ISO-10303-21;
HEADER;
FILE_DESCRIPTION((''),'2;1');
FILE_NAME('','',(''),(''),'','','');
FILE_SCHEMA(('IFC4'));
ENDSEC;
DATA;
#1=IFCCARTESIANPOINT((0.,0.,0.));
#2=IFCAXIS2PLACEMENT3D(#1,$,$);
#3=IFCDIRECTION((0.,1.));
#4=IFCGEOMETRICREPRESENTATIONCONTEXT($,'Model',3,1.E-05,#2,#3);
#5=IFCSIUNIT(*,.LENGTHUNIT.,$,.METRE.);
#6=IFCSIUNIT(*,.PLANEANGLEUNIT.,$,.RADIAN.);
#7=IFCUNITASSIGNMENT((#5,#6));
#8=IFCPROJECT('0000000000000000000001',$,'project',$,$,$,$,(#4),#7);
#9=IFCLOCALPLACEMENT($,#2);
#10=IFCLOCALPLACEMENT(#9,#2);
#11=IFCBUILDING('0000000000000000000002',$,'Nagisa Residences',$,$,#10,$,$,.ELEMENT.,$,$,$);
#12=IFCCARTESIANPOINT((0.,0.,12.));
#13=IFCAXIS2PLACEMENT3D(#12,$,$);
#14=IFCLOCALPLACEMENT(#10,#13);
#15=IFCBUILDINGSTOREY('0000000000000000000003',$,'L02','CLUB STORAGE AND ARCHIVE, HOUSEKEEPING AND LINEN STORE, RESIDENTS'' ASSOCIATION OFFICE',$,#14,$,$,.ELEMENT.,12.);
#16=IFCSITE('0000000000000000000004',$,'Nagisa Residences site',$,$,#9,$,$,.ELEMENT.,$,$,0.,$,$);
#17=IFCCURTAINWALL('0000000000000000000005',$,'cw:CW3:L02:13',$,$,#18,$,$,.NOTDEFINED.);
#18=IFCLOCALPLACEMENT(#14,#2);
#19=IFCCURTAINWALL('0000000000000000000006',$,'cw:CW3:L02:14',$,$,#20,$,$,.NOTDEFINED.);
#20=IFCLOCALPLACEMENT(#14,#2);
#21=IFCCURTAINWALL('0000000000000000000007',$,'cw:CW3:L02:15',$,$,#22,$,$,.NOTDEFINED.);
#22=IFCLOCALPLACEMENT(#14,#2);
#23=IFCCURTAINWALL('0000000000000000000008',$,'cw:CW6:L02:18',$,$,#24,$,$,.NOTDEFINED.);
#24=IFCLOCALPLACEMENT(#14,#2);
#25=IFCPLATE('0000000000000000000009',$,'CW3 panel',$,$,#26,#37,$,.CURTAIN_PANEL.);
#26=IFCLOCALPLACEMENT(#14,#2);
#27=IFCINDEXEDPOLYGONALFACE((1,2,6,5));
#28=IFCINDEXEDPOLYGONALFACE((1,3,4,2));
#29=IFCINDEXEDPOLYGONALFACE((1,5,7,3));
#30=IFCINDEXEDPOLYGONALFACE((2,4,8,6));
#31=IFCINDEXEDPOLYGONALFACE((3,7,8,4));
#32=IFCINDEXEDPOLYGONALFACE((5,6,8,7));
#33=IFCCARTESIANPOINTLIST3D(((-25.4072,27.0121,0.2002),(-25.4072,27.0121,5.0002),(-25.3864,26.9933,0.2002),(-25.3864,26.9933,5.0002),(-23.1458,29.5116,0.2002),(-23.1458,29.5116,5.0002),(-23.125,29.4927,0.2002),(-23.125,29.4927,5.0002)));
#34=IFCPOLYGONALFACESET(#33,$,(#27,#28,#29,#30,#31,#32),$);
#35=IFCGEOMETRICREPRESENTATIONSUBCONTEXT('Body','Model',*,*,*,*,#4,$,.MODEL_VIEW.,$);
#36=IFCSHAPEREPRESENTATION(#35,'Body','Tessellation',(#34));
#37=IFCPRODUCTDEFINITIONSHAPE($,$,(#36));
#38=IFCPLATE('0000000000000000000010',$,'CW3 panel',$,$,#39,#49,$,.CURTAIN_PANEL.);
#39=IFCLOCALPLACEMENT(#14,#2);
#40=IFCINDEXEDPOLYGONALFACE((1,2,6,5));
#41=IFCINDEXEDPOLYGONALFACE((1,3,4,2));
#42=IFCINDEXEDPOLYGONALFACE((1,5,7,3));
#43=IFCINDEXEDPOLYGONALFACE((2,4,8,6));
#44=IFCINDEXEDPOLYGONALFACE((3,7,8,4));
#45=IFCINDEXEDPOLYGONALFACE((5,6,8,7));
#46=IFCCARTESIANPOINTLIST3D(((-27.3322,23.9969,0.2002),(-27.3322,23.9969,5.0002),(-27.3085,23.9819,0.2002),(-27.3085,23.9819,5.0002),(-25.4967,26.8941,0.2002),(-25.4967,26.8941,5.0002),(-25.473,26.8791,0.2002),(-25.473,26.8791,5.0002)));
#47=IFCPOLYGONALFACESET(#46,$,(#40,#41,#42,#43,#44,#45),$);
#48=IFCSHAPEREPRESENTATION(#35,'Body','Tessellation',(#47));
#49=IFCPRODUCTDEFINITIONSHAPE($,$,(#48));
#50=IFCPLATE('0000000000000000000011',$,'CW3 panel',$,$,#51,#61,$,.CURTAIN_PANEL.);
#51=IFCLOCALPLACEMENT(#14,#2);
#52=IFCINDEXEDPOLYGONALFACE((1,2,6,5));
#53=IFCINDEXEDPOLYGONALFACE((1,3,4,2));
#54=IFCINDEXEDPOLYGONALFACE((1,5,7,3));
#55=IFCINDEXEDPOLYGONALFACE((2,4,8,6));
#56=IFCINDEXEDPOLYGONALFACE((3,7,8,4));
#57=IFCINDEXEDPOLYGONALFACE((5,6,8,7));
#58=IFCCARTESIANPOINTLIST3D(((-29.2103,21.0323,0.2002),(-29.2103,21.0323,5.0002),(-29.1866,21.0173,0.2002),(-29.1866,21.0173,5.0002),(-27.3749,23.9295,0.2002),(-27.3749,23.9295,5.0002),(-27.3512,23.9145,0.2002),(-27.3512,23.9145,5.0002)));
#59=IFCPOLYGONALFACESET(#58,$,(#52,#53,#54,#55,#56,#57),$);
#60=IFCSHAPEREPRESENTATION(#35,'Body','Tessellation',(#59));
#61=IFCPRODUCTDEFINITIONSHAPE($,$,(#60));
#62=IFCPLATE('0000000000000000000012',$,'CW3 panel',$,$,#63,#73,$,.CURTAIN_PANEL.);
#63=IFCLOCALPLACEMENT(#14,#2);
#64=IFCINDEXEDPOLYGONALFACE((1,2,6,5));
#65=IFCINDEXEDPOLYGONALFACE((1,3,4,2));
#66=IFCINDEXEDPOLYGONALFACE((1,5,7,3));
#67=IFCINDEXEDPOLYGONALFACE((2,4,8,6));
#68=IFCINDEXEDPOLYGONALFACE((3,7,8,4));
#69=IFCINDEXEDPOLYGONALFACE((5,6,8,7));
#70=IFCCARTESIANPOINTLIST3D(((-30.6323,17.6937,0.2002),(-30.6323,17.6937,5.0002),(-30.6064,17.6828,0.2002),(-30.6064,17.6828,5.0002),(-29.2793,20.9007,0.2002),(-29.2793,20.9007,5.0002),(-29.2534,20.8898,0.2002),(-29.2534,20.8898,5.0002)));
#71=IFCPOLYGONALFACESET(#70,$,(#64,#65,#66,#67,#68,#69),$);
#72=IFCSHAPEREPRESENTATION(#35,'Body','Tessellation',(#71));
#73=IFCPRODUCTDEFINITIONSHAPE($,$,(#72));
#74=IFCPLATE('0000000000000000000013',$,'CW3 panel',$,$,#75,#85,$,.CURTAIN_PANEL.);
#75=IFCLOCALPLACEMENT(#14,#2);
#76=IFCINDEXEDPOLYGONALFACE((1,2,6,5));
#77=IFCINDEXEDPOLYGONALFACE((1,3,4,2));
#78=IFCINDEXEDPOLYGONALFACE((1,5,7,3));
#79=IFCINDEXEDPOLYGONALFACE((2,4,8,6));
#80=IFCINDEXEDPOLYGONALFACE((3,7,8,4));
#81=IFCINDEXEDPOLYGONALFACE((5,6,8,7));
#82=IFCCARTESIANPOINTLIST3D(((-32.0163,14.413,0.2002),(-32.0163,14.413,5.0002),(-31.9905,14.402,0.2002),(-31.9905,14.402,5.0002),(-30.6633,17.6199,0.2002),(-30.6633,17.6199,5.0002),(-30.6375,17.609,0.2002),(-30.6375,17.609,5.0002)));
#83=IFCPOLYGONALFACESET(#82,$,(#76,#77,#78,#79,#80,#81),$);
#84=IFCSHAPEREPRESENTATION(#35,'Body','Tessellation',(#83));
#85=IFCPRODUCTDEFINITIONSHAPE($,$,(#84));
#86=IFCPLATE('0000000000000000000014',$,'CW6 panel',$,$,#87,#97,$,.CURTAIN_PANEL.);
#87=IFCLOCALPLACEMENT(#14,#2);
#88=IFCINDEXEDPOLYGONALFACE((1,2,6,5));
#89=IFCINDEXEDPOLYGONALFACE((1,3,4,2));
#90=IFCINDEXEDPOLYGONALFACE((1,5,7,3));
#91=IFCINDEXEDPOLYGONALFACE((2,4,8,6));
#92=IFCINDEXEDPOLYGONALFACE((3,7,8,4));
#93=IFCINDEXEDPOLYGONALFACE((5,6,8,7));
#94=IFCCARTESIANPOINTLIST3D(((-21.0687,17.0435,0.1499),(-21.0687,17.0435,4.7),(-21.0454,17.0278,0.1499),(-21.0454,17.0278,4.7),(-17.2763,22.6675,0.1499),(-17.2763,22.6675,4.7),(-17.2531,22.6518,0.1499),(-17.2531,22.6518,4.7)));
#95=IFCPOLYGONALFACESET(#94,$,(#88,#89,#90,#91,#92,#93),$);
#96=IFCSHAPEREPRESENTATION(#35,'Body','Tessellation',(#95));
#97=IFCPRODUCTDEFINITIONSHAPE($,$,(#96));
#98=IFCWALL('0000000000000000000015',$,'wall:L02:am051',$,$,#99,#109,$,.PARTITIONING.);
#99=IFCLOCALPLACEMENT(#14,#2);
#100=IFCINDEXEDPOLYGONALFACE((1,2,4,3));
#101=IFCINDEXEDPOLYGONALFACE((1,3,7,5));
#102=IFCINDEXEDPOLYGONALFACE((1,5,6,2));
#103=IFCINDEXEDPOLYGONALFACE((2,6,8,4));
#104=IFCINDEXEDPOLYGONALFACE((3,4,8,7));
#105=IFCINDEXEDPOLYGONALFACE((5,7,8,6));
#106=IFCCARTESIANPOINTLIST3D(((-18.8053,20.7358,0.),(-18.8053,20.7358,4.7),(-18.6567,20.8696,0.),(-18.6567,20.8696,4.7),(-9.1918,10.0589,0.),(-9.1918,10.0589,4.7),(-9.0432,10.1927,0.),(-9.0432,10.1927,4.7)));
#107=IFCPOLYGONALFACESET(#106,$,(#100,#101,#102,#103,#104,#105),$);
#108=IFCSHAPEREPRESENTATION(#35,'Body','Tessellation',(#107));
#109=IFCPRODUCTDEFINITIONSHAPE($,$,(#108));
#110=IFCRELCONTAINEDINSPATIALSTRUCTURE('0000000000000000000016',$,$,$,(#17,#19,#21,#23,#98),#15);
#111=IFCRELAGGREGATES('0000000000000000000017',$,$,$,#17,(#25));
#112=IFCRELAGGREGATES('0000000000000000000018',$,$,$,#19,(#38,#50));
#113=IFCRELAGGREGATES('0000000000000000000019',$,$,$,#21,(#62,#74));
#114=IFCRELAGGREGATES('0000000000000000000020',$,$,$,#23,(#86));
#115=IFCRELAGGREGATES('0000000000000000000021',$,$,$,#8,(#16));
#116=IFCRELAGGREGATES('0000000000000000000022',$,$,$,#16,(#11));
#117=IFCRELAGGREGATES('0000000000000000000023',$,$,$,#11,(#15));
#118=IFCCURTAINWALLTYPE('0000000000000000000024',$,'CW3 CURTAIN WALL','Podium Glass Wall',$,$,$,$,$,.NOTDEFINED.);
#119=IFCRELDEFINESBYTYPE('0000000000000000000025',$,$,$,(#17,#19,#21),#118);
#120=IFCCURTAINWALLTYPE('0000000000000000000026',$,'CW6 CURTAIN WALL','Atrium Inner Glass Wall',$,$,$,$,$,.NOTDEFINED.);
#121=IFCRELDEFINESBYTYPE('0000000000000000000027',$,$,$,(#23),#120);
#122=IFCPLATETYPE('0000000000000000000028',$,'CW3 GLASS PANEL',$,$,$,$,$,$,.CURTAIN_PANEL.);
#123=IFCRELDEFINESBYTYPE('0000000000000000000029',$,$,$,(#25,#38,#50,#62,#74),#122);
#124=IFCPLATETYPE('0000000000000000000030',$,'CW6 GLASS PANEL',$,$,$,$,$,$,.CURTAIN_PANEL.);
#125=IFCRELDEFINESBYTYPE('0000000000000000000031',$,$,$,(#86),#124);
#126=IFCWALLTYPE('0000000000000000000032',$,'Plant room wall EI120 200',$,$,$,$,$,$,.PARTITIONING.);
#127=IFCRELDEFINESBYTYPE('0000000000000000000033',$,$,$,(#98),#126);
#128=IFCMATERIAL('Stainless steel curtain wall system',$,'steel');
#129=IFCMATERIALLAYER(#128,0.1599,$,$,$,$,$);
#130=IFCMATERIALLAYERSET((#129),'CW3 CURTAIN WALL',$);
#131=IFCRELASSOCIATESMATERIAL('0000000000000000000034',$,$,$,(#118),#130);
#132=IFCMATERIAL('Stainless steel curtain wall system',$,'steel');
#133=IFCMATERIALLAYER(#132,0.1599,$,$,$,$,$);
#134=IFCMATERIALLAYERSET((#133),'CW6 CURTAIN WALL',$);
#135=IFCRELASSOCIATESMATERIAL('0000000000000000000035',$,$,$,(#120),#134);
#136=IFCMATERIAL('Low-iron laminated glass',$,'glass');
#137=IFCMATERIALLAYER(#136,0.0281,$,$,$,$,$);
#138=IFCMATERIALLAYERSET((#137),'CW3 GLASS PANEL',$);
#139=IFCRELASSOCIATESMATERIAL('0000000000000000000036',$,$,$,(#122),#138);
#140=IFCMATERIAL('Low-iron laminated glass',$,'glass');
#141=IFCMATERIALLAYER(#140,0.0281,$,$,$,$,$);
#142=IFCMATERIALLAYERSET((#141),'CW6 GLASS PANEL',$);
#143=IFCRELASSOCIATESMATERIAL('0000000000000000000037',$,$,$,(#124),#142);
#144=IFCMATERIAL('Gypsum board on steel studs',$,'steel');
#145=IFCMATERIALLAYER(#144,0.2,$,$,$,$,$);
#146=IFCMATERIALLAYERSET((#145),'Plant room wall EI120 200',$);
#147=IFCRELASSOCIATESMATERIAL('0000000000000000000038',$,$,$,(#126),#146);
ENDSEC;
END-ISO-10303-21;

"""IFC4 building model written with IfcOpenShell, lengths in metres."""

from ifc_helpers import new_model, si_unit, direction, frame, frame_2d, origin, origin_2d, place, context, subcontext, project, spatial, rectangle, extrude, material, layer, layer_set, type_object, element, aggregate, save


model = new_model("IFC4")

# Units and contexts
model_context = context("Model", 3, precision=1e-05, world=origin(), true_north=direction((0.0, 1.0)))
body_context = subcontext(model_context, "Body", "Model", "MODEL_VIEW")
ifc_project = project(units=[si_unit("LENGTHUNIT", "METRE"), si_unit("PLANEANGLEUNIT", "RADIAN")], contexts=[model_context])

# Site, building, storey
site_placement = place(None, origin())
site = spatial("IfcSite", under=ifc_project, at=site_placement, Name="Nagisa Residences site", CompositionType="ELEMENT", RefElevation=0.0)
building_placement = place(site_placement, origin())
building = spatial("IfcBuilding", under=site, at=building_placement, Name="Nagisa Residences", CompositionType="ELEMENT")
storey_placement = place(building_placement, frame((0.0, 0.0, 12.0)))
storey = spatial("IfcBuildingStorey", under=building, at=storey_placement, Name="L02", Description="CLUB STORAGE AND ARCHIVE, HOUSEKEEPING AND LINEN STORE, RESIDENTS' ASSOCIATION OFFICE", CompositionType="ELEMENT", Elevation=12.0)

# Curtain walls
ifc_material_1 = material(Name="Stainless steel curtain wall system", Category="steel")
ifc_layer_1 = layer(ifc_material_1, 0.1599)
ifc_layer_set_1 = layer_set([ifc_layer_1], Name="CW3 CURTAIN WALL")
curtain_wall_type_1 = type_object("IfcCurtainWallType", Name="CW3 CURTAIN WALL", Description="Podium Glass Wall", PredefinedType="NOTDEFINED", material=ifc_layer_set_1)
curtain_wall_1_placement = place(storey_placement, origin())
curtain_wall_1 = element("IfcCurtainWall", 1, at=curtain_wall_1_placement, inside=storey, type_object=curtain_wall_type_1, Name="cw:CW3:L02:13", PredefinedType="NOTDEFINED")
curtain_wall_2_placement = place(storey_placement, origin())
curtain_wall_2 = element("IfcCurtainWall", 2, at=curtain_wall_2_placement, inside=storey, type_object=curtain_wall_type_1, Name="cw:CW3:L02:14", PredefinedType="NOTDEFINED")
curtain_wall_3_placement = place(storey_placement, origin())
curtain_wall_3 = element("IfcCurtainWall", 3, at=curtain_wall_3_placement, inside=storey, type_object=curtain_wall_type_1, Name="cw:CW3:L02:15", PredefinedType="NOTDEFINED")

# Curtain wall
ifc_material_2 = material(Name="Stainless steel curtain wall system", Category="steel")
ifc_layer_2 = layer(ifc_material_2, 0.1599)
ifc_layer_set_2 = layer_set([ifc_layer_2], Name="CW6 CURTAIN WALL")
curtain_wall_type_2 = type_object("IfcCurtainWallType", Name="CW6 CURTAIN WALL", Description="Atrium Inner Glass Wall", PredefinedType="NOTDEFINED", material=ifc_layer_set_2)
curtain_wall_4_placement = place(storey_placement, origin())
curtain_wall_4 = element("IfcCurtainWall", 4, at=curtain_wall_4_placement, inside=storey, type_object=curtain_wall_type_2, Name="cw:CW6:L02:18", PredefinedType="NOTDEFINED")

# Plates
ifc_material_3 = material(Name="Low-iron laminated glass", Category="glass")
ifc_layer_3 = layer(ifc_material_3, 0.0281)
ifc_layer_set_3 = layer_set([ifc_layer_3], Name="CW3 GLASS PANEL")
plate_type_1 = type_object("IfcPlateType", Name="CW3 GLASS PANEL", PredefinedType="CURTAIN_PANEL", material=ifc_layer_set_3)
plate_1_placement = place(storey_placement, frame((-24.2661, 28.2524, 0.2002), z_axis=(0.0, 0.0, 1.0), x_axis=(-0.670913, -0.741536, 0.0)))
plate_1 = element("IfcPlate", 5, at=plate_1_placement, type_object=plate_type_1, Name="CW3 panel", PredefinedType="CURTAIN_PANEL", context=body_context, shape_type="SweptSolid", body=[
    extrude(rectangle(XDim=3.3706, YDim=0.0281, at=origin_2d()), origin(), (0.0, 0.0, 1.0), 4.8),
])
aggregate(curtain_wall_1, [plate_1])
plate_2_placement = place(storey_placement, frame((-26.4026, 25.438, 0.2002), z_axis=(0.0, 0.0, 1.0), x_axis=(-0.535165, -0.844747, 0.0)))
plate_2 = element("IfcPlate", 6, at=plate_2_placement, type_object=plate_type_1, Name="CW3 panel", PredefinedType="CURTAIN_PANEL", context=body_context, shape_type="SweptSolid", body=[
    extrude(rectangle(XDim=3.4297, YDim=0.0281, at=origin_2d()), origin(), (0.0, 0.0, 1.0), 4.8),
])
plate_3_placement = place(storey_placement, frame((-28.2808, 22.4734, 0.2002), z_axis=(0.0, 0.0, 1.0), x_axis=(-0.535165, -0.844747, 0.0)))
plate_3 = element("IfcPlate", 7, at=plate_3_placement, type_object=plate_type_1, Name="CW3 panel", PredefinedType="CURTAIN_PANEL", context=body_context, shape_type="SweptSolid", body=[
    extrude(rectangle(XDim=3.4297, YDim=0.0281, at=origin_2d()), origin(), (0.0, 0.0, 1.0), 4.8),
])
aggregate(curtain_wall_2, [plate_2, plate_3])
plate_4_placement = place(storey_placement, frame((-29.9429, 19.2917, 0.2002), z_axis=(0.0, 0.0, 1.0), x_axis=(-0.388718, -0.921357, 0.0)))
plate_4 = element("IfcPlate", 8, at=plate_4_placement, type_object=plate_type_1, Name="CW3 panel", PredefinedType="CURTAIN_PANEL", context=body_context, shape_type="SweptSolid", body=[
    extrude(rectangle(XDim=3.4807, YDim=0.0281, at=origin_2d()), origin(), (0.0, 0.0, 1.0), 4.8),
])
plate_5_placement = place(storey_placement, frame((-31.3269, 16.011, 0.2002), z_axis=(0.0, 0.0, 1.0), x_axis=(-0.388718, -0.921357, 0.0)))
plate_5 = element("IfcPlate", 9, at=plate_5_placement, type_object=plate_type_1, Name="CW3 panel", PredefinedType="CURTAIN_PANEL", context=body_context, shape_type="SweptSolid", body=[
    extrude(rectangle(XDim=3.4807, YDim=0.0281, at=origin_2d()), origin(), (0.0, 0.0, 1.0), 4.8),
])
aggregate(curtain_wall_3, [plate_4, plate_5])
ifc_material_4 = material(Name="Low-iron laminated glass", Category="glass")
ifc_layer_4 = layer(ifc_material_4, 0.0281)
ifc_layer_set_4 = layer_set([ifc_layer_4], Name="CW6 GLASS PANEL")
plate_type_2 = type_object("IfcPlateType", Name="CW6 GLASS PANEL", PredefinedType="CURTAIN_PANEL", material=ifc_layer_set_4)
plate_6_placement = place(storey_placement, frame((-19.1609, 19.8477, 0.1499), z_axis=(0.0, 0.0, 1.0), x_axis=(-0.559084, -0.829111, 0.0)))
plate_6 = element("IfcPlate", 10, at=plate_6_placement, type_object=plate_type_2, Name="CW6 panel", PredefinedType="CURTAIN_PANEL", context=body_context, shape_type="SweptSolid", body=[
    extrude(rectangle(XDim=6.7832, YDim=0.0281, at=origin_2d()), origin(), (0.0, 0.0, 1.0), 4.55),
])
aggregate(curtain_wall_4, [plate_6])

# Wall
ifc_material_5 = material(Name="Gypsum board on steel studs", Category="steel")
ifc_layer_5 = layer(ifc_material_5, 0.2)
ifc_layer_set_5 = layer_set([ifc_layer_5], Name="Plant room wall EI120 200")
wall_type = type_object("IfcWallType", Name="Plant room wall EI120 200", PredefinedType="PARTITIONING", material=ifc_layer_set_5)
wall_placement = place(storey_placement, frame((-18.731, 20.8027, 0.0), z_axis=(0.0, 0.0, 1.0), x_axis=(0.669127, -0.743148, 0.0)))
element("IfcWall", 11, at=wall_placement, inside=storey, type_object=wall_type, Name="wall:L02:am051", PredefinedType="PARTITIONING", context=body_context, shape_type="SweptSolid", body=[
    extrude(rectangle(XDim=14.3672, YDim=0.2, at=frame_2d((7.1836, 0.0))), origin(), (0.0, 0.0, 1.0), 4.7),
])

save(model, "model.ifc")
